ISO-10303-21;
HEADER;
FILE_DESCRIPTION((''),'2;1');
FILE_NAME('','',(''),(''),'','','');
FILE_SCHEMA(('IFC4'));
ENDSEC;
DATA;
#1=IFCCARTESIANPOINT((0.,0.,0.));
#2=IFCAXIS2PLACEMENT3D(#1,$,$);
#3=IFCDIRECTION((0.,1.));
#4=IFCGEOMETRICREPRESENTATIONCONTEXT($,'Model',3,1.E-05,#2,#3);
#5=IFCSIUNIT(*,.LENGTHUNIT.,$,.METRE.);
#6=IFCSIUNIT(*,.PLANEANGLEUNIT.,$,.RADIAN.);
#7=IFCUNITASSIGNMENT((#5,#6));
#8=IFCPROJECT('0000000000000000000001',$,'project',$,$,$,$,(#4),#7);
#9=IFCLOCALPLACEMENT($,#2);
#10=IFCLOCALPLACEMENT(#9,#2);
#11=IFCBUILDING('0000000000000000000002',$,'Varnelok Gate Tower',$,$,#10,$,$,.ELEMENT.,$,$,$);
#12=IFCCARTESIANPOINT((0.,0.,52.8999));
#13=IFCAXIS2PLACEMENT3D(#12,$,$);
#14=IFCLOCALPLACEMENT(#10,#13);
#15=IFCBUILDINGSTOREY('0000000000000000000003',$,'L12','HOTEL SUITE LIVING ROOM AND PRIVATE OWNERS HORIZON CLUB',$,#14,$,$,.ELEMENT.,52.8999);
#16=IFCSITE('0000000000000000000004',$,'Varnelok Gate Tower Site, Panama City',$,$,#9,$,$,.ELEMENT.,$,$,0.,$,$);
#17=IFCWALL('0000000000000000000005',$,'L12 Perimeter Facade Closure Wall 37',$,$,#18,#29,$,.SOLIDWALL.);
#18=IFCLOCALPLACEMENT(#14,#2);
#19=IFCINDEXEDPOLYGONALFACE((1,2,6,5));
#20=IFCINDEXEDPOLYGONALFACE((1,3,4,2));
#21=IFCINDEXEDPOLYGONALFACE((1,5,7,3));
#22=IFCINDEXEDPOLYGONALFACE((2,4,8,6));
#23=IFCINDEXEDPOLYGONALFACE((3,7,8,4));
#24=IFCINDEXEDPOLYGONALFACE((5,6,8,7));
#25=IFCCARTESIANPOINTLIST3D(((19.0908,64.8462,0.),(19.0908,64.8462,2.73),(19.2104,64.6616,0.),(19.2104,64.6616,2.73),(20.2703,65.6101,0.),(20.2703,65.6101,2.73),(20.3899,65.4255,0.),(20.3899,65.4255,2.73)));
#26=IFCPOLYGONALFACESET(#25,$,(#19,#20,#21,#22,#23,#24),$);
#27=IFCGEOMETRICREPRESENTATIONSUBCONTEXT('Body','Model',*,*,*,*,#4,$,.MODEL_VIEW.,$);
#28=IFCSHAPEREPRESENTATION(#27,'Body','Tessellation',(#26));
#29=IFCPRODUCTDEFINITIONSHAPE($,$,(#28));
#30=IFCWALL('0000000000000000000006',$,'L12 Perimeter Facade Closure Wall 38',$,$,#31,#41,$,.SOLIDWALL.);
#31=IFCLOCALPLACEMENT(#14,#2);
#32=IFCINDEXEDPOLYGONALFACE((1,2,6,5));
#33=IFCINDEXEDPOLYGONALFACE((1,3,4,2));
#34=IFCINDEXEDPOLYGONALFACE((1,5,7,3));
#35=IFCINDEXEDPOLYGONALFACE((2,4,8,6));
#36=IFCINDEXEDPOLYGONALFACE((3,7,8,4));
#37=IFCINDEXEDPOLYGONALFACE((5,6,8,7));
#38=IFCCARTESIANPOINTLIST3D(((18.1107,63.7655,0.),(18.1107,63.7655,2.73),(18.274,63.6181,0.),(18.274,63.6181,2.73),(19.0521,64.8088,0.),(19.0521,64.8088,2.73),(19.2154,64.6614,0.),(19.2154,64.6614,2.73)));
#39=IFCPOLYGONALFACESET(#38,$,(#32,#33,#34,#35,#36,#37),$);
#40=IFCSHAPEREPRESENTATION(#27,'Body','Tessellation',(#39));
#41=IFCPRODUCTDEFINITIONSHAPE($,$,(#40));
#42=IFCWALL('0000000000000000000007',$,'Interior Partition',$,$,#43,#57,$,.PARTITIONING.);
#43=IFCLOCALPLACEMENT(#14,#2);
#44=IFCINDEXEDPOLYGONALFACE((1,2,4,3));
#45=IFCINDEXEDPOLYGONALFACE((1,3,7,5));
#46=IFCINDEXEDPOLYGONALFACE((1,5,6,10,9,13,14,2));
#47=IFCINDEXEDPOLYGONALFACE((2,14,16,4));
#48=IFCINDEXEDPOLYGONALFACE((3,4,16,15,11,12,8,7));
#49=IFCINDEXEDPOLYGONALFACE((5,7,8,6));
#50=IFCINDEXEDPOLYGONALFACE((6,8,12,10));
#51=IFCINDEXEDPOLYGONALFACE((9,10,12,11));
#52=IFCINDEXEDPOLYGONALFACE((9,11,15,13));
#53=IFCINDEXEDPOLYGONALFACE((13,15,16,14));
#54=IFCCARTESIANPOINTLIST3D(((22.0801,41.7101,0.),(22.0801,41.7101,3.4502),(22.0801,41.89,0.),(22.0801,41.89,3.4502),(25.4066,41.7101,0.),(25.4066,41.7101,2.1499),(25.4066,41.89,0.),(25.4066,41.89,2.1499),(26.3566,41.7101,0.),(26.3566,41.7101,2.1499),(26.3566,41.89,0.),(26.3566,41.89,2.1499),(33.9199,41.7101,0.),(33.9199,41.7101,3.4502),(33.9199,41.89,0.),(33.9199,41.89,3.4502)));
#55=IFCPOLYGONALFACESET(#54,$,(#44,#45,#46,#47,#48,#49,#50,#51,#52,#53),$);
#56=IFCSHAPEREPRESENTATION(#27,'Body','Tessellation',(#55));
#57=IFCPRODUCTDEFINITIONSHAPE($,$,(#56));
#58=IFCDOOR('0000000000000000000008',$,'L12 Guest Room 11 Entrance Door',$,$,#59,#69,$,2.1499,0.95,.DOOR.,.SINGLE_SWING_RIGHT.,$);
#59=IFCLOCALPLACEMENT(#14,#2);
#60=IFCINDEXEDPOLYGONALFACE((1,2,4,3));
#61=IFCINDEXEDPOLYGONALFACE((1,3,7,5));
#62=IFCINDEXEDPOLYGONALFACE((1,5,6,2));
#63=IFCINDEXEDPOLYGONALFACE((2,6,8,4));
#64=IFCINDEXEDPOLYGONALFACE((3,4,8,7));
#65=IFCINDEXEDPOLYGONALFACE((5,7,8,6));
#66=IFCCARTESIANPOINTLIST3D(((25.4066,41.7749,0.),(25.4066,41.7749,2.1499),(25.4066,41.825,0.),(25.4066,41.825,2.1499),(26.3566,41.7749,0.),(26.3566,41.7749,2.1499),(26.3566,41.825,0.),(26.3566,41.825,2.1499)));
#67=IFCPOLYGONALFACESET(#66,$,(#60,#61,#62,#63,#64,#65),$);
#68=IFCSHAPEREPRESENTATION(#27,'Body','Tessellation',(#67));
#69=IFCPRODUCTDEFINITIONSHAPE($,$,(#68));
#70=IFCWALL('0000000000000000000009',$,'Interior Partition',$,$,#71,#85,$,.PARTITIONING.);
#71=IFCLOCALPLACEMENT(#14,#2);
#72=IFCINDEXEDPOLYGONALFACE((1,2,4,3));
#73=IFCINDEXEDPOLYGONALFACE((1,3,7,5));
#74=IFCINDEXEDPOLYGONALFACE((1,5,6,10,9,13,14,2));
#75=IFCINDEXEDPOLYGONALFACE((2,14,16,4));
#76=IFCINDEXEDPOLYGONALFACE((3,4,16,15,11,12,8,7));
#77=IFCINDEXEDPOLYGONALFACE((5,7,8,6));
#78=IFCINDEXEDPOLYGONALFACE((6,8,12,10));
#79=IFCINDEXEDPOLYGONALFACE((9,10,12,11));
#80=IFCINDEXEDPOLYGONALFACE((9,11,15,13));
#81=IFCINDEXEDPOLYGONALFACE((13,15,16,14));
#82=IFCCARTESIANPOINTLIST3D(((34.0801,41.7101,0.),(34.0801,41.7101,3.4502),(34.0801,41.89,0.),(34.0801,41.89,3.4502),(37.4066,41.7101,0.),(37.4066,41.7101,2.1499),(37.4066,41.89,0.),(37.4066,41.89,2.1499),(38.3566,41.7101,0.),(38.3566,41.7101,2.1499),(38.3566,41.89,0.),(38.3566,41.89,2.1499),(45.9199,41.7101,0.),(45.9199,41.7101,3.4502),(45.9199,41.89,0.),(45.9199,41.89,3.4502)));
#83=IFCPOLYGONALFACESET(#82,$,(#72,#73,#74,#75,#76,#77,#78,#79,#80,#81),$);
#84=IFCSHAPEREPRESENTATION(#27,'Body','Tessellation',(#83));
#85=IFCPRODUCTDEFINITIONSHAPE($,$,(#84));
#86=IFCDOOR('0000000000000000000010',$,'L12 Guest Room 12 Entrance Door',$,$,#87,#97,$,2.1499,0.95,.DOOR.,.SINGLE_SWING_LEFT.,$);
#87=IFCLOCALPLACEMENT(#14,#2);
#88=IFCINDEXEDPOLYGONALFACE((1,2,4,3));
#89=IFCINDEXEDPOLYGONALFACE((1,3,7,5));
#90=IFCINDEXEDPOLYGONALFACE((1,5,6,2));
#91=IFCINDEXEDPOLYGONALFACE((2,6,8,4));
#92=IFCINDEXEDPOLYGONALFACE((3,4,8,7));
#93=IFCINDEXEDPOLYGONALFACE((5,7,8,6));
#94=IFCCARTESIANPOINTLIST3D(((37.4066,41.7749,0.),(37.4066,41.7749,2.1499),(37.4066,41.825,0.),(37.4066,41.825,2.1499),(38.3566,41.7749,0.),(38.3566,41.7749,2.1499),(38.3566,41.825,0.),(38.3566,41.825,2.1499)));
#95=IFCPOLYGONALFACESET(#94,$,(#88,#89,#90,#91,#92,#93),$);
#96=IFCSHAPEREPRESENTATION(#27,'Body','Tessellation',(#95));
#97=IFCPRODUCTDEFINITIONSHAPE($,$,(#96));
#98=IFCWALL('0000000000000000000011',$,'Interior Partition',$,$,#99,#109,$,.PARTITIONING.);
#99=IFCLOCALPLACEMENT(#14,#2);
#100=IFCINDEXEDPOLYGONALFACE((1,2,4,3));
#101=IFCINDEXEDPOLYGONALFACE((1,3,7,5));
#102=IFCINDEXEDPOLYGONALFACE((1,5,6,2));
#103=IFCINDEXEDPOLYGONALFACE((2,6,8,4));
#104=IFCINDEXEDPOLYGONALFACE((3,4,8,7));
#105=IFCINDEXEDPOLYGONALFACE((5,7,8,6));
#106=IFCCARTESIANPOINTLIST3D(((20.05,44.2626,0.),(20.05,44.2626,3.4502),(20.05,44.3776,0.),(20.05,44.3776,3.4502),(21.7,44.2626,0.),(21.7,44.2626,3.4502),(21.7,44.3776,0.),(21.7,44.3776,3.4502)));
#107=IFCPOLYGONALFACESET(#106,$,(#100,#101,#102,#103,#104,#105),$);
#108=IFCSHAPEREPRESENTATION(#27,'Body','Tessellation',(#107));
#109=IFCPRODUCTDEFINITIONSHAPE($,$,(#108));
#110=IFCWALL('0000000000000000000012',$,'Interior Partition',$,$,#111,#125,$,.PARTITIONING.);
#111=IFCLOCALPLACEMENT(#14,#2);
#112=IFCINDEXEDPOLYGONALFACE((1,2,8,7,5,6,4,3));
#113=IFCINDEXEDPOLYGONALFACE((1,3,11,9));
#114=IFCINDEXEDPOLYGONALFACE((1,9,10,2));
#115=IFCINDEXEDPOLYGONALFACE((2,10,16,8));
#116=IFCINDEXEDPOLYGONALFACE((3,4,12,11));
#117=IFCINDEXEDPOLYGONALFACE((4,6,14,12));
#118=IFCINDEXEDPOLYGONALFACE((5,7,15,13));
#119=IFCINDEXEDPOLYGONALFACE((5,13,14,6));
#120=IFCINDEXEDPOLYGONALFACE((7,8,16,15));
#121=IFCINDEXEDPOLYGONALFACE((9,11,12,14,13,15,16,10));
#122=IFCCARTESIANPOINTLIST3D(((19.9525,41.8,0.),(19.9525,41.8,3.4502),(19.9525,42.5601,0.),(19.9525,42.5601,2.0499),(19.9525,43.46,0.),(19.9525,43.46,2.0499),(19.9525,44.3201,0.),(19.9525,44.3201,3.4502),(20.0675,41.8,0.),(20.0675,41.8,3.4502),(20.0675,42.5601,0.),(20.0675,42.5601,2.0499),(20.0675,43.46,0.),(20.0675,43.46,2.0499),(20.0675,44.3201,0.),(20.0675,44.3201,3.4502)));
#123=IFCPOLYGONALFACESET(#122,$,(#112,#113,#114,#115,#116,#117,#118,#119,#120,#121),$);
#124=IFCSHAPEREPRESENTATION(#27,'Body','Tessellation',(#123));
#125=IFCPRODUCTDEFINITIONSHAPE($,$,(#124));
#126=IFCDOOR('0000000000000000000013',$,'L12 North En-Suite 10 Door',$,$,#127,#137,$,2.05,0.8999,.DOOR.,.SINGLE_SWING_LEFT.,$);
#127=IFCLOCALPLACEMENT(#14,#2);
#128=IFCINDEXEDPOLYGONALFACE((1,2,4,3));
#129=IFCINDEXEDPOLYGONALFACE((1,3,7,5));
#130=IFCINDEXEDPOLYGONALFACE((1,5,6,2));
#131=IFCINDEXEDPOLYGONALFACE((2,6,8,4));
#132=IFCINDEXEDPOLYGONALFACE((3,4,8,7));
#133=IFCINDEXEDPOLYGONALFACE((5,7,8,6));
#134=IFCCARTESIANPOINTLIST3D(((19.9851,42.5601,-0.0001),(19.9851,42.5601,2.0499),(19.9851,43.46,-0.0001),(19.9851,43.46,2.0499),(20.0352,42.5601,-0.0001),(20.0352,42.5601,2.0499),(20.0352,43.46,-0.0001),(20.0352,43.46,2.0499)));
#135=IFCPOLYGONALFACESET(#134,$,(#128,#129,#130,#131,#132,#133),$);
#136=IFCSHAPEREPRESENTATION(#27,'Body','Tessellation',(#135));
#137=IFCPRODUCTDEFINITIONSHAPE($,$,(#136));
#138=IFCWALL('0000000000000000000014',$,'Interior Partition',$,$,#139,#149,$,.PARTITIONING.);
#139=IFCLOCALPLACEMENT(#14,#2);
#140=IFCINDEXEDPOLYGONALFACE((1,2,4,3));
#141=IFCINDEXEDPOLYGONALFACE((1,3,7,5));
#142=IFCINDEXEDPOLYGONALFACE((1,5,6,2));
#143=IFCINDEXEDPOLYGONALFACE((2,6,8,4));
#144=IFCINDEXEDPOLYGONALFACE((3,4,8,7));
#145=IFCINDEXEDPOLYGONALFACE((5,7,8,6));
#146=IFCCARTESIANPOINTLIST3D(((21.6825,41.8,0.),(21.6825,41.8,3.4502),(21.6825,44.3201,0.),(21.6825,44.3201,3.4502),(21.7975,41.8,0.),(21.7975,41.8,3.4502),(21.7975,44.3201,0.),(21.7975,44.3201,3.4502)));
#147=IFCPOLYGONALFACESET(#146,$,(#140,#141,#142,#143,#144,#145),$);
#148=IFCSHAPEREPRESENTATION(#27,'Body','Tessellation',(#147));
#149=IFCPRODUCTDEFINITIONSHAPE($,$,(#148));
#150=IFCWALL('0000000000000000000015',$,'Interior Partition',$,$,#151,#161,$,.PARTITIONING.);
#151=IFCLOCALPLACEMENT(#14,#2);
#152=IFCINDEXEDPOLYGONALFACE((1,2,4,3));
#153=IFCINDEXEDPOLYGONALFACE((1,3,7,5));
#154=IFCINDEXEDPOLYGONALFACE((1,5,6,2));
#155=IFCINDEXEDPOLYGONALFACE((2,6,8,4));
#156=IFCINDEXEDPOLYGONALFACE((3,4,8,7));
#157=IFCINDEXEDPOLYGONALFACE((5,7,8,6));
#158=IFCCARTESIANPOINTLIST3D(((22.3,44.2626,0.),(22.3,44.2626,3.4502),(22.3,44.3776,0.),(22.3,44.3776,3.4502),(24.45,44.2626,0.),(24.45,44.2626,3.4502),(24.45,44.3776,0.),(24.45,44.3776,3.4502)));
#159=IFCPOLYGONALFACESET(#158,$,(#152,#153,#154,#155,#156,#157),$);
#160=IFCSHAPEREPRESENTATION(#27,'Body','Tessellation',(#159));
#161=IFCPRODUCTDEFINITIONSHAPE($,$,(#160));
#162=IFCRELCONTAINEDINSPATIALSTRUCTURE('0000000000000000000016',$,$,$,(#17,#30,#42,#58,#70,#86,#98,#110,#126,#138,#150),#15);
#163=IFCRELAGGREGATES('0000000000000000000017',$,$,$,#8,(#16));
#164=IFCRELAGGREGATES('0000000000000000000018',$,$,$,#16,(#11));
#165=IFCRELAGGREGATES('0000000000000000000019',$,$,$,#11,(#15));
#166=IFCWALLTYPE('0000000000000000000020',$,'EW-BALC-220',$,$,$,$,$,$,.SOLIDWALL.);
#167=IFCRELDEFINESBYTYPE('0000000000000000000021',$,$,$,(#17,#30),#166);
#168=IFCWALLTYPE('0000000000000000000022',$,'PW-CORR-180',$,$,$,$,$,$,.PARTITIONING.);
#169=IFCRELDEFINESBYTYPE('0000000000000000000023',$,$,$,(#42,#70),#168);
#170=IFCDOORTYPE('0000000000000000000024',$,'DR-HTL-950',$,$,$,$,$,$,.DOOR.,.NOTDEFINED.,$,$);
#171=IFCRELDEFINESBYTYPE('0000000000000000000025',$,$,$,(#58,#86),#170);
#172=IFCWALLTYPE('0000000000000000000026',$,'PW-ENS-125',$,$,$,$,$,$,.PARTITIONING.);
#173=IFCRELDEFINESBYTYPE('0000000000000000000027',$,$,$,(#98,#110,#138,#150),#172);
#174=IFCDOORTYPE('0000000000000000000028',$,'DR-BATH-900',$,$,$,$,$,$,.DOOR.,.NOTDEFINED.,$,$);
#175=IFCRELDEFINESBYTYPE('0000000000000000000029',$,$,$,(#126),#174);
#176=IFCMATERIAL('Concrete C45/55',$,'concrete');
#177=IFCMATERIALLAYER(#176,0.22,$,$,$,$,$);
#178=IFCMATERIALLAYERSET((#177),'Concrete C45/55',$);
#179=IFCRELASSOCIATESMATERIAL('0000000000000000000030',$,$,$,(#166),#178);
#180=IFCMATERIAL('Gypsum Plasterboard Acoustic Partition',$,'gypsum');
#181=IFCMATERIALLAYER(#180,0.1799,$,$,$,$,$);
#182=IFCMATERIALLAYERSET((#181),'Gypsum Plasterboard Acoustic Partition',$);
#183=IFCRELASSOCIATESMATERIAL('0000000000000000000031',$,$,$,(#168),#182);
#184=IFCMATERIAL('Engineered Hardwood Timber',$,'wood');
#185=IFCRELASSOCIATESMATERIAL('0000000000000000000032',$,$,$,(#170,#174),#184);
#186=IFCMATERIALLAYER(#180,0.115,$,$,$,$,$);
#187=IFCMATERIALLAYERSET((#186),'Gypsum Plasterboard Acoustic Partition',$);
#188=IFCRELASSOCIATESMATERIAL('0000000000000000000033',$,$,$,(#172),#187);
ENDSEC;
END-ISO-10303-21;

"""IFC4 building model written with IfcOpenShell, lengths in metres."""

from ifc_helpers import new_model, si_unit, direction, frame, frame_2d, origin, place, context, subcontext, project, spatial, rectangle, extrude, material, layer, layer_set, type_object, element, fill, save


model = new_model("IFC4")

# Units and contexts
model_context = context("Model", 3, precision=1e-05, world=origin(), true_north=direction((0.0, 1.0)))
body_context = subcontext(model_context, "Body", "Model", "MODEL_VIEW")
ifc_project = project(units=[si_unit("LENGTHUNIT", "METRE"), si_unit("PLANEANGLEUNIT", "RADIAN")], contexts=[model_context])

# Site, building, storey
site_placement = place(None, origin())
site = spatial("IfcSite", under=ifc_project, at=site_placement, Name="Varnelok Gate Tower Site, Panama City", CompositionType="ELEMENT", RefElevation=0.0)
building_placement = place(site_placement, origin())
building = spatial("IfcBuilding", under=site, at=building_placement, Name="Varnelok Gate Tower", CompositionType="ELEMENT")
storey_placement = place(building_placement, frame((0.0, 0.0, 52.8999)))
storey = spatial("IfcBuildingStorey", under=building, at=storey_placement, Name="L12", Description="HOTEL SUITE LIVING ROOM AND PRIVATE OWNERS HORIZON CLUB", CompositionType="ELEMENT", Elevation=52.8999)

# Walls
ifc_material_1 = material(Name="Concrete C45/55", Category="concrete")
ifc_layer_1 = layer(ifc_material_1, 0.22)
ifc_layer_set_1 = layer_set([ifc_layer_1], Name="Concrete C45/55")
wall_type_1 = type_object("IfcWallType", Name="EW-BALC-220", PredefinedType="SOLIDWALL", material=ifc_layer_set_1)
for number, where, z_axis, x_axis, name in (
    (1, (20.3301, 65.5178, 0.0), (0.0, 0.0, 1.0), (-0.839328, -0.543626, 0.0), "L12 Perimeter Facade Closure Wall 37"),
    (2, (19.1338, 64.7351, 0.0), (0.0, 0.0, 1.0), (-0.669953, -0.742404, 0.0), "L12 Perimeter Facade Closure Wall 38"),
):
    element("IfcWall", number, at=place(storey_placement, frame(where, z_axis=z_axis, x_axis=x_axis)), inside=storey, type_object=wall_type_1, Name=name, PredefinedType="SOLIDWALL", context=body_context, shape_type="SweptSolid", body=[
        extrude(rectangle(XDim=1.4053, YDim=0.22, at=frame_2d((0.7026, 0.0))), origin(), (0.0, 0.0, 1.0), 2.73),
    ])

# Walls, openings, doors
ifc_material_2 = material(Name="Gypsum Plasterboard Acoustic Partition", Category="gypsum")
ifc_layer_2 = layer(ifc_material_2, 0.1799)
ifc_layer_set_2 = layer_set([ifc_layer_2], Name="Gypsum Plasterboard Acoustic Partition")
wall_type_2 = type_object("IfcWallType", Name="PW-CORR-180", PredefinedType="PARTITIONING", material=ifc_layer_set_2)
wall_1_placement = place(storey_placement, frame((22.0801, 41.8, 0.0), z_axis=(0.0, 0.0, 1.0), x_axis=(1.0, 0.0, 0.0)))
wall_1 = element("IfcWall", 3, at=wall_1_placement, inside=storey, type_object=wall_type_2, Name="Interior Partition", PredefinedType="PARTITIONING", context=body_context, shape_type="SweptSolid", body=[
    extrude(rectangle(XDim=11.8398, YDim=0.1799, at=frame_2d((5.9199, 0.0))), origin(), (0.0, 0.0, 1.0), 3.4502),
])
opening_1_placement = place(wall_1_placement, frame((3.3264, 0.0, 0.0)))
opening_1 = element("IfcOpeningElement", 4, at=opening_1_placement, cuts=wall_1, PredefinedType="OPENING", context=body_context, shape_type="SweptSolid", body=[
    extrude(rectangle(XDim=0.95, YDim=2.1499, at=frame_2d((0.4751, 1.075))), frame((0.0, 0.0999, 0.0), z_axis=(0.0, -1.0, 0.0), x_axis=(1.0, 0.0, 0.0)), (0.0, 0.0, 1.0), 0.2),
])
ifc_material_3 = material(Name="Engineered Hardwood Timber", Category="wood")
door_type_1 = type_object("IfcDoorType", Name="DR-HTL-950", OperationType="NOTDEFINED", PredefinedType="DOOR", material=ifc_material_3)
door_1_placement = place(opening_1_placement, origin())
door_1 = element("IfcDoor", 5, at=door_1_placement, inside=storey, type_object=door_type_1, Name="L12 Guest Room 11 Entrance Door", OperationType="SINGLE_SWING_RIGHT", OverallHeight=2.1499, OverallWidth=0.95, PredefinedType="DOOR", context=body_context, shape_type="SweptSolid", body=[
    extrude(rectangle(XDim=0.95, YDim=2.1499, at=frame_2d((0.4751, 1.075))), frame((0.0, 0.0249, 0.0), z_axis=(0.0, -1.0, 0.0), x_axis=(1.0, 0.0, 0.0)), (0.0, 0.0, 1.0), 0.05),
])
fill(opening_1, door_1)
wall_2_placement = place(storey_placement, frame((34.0801, 41.8, 0.0), z_axis=(0.0, 0.0, 1.0), x_axis=(1.0, 0.0, 0.0)))
wall_2 = element("IfcWall", 6, at=wall_2_placement, inside=storey, type_object=wall_type_2, Name="Interior Partition", PredefinedType="PARTITIONING", context=body_context, shape_type="SweptSolid", body=[
    extrude(rectangle(XDim=11.8398, YDim=0.1799, at=frame_2d((5.9199, 0.0))), origin(), (0.0, 0.0, 1.0), 3.4502),
])
opening_2_placement = place(wall_2_placement, frame((3.3264, 0.0, 0.0)))
opening_2 = element("IfcOpeningElement", 7, at=opening_2_placement, cuts=wall_2, PredefinedType="OPENING", context=body_context, shape_type="SweptSolid", body=[
    extrude(rectangle(XDim=0.95, YDim=2.1499, at=frame_2d((0.4751, 1.075))), frame((0.0, 0.0999, 0.0), z_axis=(0.0, -1.0, 0.0), x_axis=(1.0, 0.0, 0.0)), (0.0, 0.0, 1.0), 0.2),
])
door_2_placement = place(opening_2_placement, origin())
door_2 = element("IfcDoor", 8, at=door_2_placement, inside=storey, type_object=door_type_1, Name="L12 Guest Room 12 Entrance Door", OperationType="SINGLE_SWING_LEFT", OverallHeight=2.1499, OverallWidth=0.95, PredefinedType="DOOR", context=body_context, shape_type="SweptSolid", body=[
    extrude(rectangle(XDim=0.95, YDim=2.1499, at=frame_2d((0.4751, 1.075))), frame((0.0, 0.0249, 0.0), z_axis=(0.0, -1.0, 0.0), x_axis=(1.0, 0.0, 0.0)), (0.0, 0.0, 1.0), 0.05),
])
fill(opening_2, door_2)

# Wall
ifc_layer_3 = layer(ifc_material_2, 0.115)
ifc_layer_set_3 = layer_set([ifc_layer_3], Name="Gypsum Plasterboard Acoustic Partition")
wall_type_3 = type_object("IfcWallType", Name="PW-ENS-125", PredefinedType="PARTITIONING", material=ifc_layer_set_3)
wall_3_placement = place(storey_placement, frame((20.05, 44.3201, 0.0), z_axis=(0.0, 0.0, 1.0), x_axis=(1.0, 0.0, 0.0)))
element("IfcWall", 9, at=wall_3_placement, inside=storey, type_object=wall_type_3, Name="Interior Partition", PredefinedType="PARTITIONING", context=body_context, shape_type="SweptSolid", body=[
    extrude(rectangle(XDim=1.6499, YDim=0.115, at=frame_2d((0.825, 0.0))), origin(), (0.0, 0.0, 1.0), 3.4502),
])

# Wall, opening, door
wall_4_placement = place(storey_placement, frame((20.01, 41.8, 0.0), z_axis=(0.0, 0.0, 1.0), x_axis=(0.0, 1.0, 0.0)))
wall_4 = element("IfcWall", 10, at=wall_4_placement, inside=storey, type_object=wall_type_3, Name="Interior Partition", PredefinedType="PARTITIONING", context=body_context, shape_type="SweptSolid", body=[
    extrude(rectangle(XDim=2.52, YDim=0.115, at=frame_2d((1.26, 0.0))), origin(), (0.0, 0.0, 1.0), 3.4502),
])
opening_3_placement = place(wall_4_placement, frame((0.76, 0.0, 0.0)))
opening_3 = element("IfcOpeningElement", 11, at=opening_3_placement, cuts=wall_4, PredefinedType="OPENING", context=body_context, shape_type="SweptSolid", body=[
    extrude(rectangle(XDim=0.8999, YDim=2.05, at=frame_2d((0.45, 1.0249))), frame((0.0, 0.0674, 0.0), z_axis=(0.0, -1.0, 0.0), x_axis=(1.0, 0.0, 0.0)), (0.0, 0.0, 1.0), 0.135),
])
door_type_2 = type_object("IfcDoorType", Name="DR-BATH-900", OperationType="NOTDEFINED", PredefinedType="DOOR", material=ifc_material_3)
door_3_placement = place(opening_3_placement, origin())
door_3 = element("IfcDoor", 12, at=door_3_placement, inside=storey, type_object=door_type_2, Name="L12 North En-Suite 10 Door", OperationType="SINGLE_SWING_LEFT", OverallHeight=2.05, OverallWidth=0.8999, PredefinedType="DOOR", context=body_context, shape_type="SweptSolid", body=[
    extrude(rectangle(XDim=0.8999, YDim=2.05, at=frame_2d((0.45, 1.0249))), frame((0.0, 0.0249, 0.0), z_axis=(0.0, -1.0, 0.0), x_axis=(1.0, 0.0, 0.0)), (0.0, 0.0, 1.0), 0.05),
])
fill(opening_3, door_3)

# Walls
wall_5_placement = place(storey_placement, frame((21.74, 41.8, 0.0), z_axis=(0.0, 0.0, 1.0), x_axis=(0.0, 1.0, 0.0)))
element("IfcWall", 13, at=wall_5_placement, inside=storey, type_object=wall_type_3, Name="Interior Partition", PredefinedType="PARTITIONING", context=body_context, shape_type="SweptSolid", body=[
    extrude(rectangle(XDim=2.52, YDim=0.115, at=frame_2d((1.26, 0.0))), origin(), (0.0, 0.0, 1.0), 3.4502),
])
wall_6_placement = place(storey_placement, frame((22.3, 44.3201, 0.0), z_axis=(0.0, 0.0, 1.0), x_axis=(1.0, 0.0, 0.0)))
element("IfcWall", 14, at=wall_6_placement, inside=storey, type_object=wall_type_3, Name="Interior Partition", PredefinedType="PARTITIONING", context=body_context, shape_type="SweptSolid", body=[
    extrude(rectangle(XDim=2.1499, YDim=0.115, at=frame_2d((1.075, 0.0))), origin(), (0.0, 0.0, 1.0), 3.4502),
])

save(model, "model.ifc")
